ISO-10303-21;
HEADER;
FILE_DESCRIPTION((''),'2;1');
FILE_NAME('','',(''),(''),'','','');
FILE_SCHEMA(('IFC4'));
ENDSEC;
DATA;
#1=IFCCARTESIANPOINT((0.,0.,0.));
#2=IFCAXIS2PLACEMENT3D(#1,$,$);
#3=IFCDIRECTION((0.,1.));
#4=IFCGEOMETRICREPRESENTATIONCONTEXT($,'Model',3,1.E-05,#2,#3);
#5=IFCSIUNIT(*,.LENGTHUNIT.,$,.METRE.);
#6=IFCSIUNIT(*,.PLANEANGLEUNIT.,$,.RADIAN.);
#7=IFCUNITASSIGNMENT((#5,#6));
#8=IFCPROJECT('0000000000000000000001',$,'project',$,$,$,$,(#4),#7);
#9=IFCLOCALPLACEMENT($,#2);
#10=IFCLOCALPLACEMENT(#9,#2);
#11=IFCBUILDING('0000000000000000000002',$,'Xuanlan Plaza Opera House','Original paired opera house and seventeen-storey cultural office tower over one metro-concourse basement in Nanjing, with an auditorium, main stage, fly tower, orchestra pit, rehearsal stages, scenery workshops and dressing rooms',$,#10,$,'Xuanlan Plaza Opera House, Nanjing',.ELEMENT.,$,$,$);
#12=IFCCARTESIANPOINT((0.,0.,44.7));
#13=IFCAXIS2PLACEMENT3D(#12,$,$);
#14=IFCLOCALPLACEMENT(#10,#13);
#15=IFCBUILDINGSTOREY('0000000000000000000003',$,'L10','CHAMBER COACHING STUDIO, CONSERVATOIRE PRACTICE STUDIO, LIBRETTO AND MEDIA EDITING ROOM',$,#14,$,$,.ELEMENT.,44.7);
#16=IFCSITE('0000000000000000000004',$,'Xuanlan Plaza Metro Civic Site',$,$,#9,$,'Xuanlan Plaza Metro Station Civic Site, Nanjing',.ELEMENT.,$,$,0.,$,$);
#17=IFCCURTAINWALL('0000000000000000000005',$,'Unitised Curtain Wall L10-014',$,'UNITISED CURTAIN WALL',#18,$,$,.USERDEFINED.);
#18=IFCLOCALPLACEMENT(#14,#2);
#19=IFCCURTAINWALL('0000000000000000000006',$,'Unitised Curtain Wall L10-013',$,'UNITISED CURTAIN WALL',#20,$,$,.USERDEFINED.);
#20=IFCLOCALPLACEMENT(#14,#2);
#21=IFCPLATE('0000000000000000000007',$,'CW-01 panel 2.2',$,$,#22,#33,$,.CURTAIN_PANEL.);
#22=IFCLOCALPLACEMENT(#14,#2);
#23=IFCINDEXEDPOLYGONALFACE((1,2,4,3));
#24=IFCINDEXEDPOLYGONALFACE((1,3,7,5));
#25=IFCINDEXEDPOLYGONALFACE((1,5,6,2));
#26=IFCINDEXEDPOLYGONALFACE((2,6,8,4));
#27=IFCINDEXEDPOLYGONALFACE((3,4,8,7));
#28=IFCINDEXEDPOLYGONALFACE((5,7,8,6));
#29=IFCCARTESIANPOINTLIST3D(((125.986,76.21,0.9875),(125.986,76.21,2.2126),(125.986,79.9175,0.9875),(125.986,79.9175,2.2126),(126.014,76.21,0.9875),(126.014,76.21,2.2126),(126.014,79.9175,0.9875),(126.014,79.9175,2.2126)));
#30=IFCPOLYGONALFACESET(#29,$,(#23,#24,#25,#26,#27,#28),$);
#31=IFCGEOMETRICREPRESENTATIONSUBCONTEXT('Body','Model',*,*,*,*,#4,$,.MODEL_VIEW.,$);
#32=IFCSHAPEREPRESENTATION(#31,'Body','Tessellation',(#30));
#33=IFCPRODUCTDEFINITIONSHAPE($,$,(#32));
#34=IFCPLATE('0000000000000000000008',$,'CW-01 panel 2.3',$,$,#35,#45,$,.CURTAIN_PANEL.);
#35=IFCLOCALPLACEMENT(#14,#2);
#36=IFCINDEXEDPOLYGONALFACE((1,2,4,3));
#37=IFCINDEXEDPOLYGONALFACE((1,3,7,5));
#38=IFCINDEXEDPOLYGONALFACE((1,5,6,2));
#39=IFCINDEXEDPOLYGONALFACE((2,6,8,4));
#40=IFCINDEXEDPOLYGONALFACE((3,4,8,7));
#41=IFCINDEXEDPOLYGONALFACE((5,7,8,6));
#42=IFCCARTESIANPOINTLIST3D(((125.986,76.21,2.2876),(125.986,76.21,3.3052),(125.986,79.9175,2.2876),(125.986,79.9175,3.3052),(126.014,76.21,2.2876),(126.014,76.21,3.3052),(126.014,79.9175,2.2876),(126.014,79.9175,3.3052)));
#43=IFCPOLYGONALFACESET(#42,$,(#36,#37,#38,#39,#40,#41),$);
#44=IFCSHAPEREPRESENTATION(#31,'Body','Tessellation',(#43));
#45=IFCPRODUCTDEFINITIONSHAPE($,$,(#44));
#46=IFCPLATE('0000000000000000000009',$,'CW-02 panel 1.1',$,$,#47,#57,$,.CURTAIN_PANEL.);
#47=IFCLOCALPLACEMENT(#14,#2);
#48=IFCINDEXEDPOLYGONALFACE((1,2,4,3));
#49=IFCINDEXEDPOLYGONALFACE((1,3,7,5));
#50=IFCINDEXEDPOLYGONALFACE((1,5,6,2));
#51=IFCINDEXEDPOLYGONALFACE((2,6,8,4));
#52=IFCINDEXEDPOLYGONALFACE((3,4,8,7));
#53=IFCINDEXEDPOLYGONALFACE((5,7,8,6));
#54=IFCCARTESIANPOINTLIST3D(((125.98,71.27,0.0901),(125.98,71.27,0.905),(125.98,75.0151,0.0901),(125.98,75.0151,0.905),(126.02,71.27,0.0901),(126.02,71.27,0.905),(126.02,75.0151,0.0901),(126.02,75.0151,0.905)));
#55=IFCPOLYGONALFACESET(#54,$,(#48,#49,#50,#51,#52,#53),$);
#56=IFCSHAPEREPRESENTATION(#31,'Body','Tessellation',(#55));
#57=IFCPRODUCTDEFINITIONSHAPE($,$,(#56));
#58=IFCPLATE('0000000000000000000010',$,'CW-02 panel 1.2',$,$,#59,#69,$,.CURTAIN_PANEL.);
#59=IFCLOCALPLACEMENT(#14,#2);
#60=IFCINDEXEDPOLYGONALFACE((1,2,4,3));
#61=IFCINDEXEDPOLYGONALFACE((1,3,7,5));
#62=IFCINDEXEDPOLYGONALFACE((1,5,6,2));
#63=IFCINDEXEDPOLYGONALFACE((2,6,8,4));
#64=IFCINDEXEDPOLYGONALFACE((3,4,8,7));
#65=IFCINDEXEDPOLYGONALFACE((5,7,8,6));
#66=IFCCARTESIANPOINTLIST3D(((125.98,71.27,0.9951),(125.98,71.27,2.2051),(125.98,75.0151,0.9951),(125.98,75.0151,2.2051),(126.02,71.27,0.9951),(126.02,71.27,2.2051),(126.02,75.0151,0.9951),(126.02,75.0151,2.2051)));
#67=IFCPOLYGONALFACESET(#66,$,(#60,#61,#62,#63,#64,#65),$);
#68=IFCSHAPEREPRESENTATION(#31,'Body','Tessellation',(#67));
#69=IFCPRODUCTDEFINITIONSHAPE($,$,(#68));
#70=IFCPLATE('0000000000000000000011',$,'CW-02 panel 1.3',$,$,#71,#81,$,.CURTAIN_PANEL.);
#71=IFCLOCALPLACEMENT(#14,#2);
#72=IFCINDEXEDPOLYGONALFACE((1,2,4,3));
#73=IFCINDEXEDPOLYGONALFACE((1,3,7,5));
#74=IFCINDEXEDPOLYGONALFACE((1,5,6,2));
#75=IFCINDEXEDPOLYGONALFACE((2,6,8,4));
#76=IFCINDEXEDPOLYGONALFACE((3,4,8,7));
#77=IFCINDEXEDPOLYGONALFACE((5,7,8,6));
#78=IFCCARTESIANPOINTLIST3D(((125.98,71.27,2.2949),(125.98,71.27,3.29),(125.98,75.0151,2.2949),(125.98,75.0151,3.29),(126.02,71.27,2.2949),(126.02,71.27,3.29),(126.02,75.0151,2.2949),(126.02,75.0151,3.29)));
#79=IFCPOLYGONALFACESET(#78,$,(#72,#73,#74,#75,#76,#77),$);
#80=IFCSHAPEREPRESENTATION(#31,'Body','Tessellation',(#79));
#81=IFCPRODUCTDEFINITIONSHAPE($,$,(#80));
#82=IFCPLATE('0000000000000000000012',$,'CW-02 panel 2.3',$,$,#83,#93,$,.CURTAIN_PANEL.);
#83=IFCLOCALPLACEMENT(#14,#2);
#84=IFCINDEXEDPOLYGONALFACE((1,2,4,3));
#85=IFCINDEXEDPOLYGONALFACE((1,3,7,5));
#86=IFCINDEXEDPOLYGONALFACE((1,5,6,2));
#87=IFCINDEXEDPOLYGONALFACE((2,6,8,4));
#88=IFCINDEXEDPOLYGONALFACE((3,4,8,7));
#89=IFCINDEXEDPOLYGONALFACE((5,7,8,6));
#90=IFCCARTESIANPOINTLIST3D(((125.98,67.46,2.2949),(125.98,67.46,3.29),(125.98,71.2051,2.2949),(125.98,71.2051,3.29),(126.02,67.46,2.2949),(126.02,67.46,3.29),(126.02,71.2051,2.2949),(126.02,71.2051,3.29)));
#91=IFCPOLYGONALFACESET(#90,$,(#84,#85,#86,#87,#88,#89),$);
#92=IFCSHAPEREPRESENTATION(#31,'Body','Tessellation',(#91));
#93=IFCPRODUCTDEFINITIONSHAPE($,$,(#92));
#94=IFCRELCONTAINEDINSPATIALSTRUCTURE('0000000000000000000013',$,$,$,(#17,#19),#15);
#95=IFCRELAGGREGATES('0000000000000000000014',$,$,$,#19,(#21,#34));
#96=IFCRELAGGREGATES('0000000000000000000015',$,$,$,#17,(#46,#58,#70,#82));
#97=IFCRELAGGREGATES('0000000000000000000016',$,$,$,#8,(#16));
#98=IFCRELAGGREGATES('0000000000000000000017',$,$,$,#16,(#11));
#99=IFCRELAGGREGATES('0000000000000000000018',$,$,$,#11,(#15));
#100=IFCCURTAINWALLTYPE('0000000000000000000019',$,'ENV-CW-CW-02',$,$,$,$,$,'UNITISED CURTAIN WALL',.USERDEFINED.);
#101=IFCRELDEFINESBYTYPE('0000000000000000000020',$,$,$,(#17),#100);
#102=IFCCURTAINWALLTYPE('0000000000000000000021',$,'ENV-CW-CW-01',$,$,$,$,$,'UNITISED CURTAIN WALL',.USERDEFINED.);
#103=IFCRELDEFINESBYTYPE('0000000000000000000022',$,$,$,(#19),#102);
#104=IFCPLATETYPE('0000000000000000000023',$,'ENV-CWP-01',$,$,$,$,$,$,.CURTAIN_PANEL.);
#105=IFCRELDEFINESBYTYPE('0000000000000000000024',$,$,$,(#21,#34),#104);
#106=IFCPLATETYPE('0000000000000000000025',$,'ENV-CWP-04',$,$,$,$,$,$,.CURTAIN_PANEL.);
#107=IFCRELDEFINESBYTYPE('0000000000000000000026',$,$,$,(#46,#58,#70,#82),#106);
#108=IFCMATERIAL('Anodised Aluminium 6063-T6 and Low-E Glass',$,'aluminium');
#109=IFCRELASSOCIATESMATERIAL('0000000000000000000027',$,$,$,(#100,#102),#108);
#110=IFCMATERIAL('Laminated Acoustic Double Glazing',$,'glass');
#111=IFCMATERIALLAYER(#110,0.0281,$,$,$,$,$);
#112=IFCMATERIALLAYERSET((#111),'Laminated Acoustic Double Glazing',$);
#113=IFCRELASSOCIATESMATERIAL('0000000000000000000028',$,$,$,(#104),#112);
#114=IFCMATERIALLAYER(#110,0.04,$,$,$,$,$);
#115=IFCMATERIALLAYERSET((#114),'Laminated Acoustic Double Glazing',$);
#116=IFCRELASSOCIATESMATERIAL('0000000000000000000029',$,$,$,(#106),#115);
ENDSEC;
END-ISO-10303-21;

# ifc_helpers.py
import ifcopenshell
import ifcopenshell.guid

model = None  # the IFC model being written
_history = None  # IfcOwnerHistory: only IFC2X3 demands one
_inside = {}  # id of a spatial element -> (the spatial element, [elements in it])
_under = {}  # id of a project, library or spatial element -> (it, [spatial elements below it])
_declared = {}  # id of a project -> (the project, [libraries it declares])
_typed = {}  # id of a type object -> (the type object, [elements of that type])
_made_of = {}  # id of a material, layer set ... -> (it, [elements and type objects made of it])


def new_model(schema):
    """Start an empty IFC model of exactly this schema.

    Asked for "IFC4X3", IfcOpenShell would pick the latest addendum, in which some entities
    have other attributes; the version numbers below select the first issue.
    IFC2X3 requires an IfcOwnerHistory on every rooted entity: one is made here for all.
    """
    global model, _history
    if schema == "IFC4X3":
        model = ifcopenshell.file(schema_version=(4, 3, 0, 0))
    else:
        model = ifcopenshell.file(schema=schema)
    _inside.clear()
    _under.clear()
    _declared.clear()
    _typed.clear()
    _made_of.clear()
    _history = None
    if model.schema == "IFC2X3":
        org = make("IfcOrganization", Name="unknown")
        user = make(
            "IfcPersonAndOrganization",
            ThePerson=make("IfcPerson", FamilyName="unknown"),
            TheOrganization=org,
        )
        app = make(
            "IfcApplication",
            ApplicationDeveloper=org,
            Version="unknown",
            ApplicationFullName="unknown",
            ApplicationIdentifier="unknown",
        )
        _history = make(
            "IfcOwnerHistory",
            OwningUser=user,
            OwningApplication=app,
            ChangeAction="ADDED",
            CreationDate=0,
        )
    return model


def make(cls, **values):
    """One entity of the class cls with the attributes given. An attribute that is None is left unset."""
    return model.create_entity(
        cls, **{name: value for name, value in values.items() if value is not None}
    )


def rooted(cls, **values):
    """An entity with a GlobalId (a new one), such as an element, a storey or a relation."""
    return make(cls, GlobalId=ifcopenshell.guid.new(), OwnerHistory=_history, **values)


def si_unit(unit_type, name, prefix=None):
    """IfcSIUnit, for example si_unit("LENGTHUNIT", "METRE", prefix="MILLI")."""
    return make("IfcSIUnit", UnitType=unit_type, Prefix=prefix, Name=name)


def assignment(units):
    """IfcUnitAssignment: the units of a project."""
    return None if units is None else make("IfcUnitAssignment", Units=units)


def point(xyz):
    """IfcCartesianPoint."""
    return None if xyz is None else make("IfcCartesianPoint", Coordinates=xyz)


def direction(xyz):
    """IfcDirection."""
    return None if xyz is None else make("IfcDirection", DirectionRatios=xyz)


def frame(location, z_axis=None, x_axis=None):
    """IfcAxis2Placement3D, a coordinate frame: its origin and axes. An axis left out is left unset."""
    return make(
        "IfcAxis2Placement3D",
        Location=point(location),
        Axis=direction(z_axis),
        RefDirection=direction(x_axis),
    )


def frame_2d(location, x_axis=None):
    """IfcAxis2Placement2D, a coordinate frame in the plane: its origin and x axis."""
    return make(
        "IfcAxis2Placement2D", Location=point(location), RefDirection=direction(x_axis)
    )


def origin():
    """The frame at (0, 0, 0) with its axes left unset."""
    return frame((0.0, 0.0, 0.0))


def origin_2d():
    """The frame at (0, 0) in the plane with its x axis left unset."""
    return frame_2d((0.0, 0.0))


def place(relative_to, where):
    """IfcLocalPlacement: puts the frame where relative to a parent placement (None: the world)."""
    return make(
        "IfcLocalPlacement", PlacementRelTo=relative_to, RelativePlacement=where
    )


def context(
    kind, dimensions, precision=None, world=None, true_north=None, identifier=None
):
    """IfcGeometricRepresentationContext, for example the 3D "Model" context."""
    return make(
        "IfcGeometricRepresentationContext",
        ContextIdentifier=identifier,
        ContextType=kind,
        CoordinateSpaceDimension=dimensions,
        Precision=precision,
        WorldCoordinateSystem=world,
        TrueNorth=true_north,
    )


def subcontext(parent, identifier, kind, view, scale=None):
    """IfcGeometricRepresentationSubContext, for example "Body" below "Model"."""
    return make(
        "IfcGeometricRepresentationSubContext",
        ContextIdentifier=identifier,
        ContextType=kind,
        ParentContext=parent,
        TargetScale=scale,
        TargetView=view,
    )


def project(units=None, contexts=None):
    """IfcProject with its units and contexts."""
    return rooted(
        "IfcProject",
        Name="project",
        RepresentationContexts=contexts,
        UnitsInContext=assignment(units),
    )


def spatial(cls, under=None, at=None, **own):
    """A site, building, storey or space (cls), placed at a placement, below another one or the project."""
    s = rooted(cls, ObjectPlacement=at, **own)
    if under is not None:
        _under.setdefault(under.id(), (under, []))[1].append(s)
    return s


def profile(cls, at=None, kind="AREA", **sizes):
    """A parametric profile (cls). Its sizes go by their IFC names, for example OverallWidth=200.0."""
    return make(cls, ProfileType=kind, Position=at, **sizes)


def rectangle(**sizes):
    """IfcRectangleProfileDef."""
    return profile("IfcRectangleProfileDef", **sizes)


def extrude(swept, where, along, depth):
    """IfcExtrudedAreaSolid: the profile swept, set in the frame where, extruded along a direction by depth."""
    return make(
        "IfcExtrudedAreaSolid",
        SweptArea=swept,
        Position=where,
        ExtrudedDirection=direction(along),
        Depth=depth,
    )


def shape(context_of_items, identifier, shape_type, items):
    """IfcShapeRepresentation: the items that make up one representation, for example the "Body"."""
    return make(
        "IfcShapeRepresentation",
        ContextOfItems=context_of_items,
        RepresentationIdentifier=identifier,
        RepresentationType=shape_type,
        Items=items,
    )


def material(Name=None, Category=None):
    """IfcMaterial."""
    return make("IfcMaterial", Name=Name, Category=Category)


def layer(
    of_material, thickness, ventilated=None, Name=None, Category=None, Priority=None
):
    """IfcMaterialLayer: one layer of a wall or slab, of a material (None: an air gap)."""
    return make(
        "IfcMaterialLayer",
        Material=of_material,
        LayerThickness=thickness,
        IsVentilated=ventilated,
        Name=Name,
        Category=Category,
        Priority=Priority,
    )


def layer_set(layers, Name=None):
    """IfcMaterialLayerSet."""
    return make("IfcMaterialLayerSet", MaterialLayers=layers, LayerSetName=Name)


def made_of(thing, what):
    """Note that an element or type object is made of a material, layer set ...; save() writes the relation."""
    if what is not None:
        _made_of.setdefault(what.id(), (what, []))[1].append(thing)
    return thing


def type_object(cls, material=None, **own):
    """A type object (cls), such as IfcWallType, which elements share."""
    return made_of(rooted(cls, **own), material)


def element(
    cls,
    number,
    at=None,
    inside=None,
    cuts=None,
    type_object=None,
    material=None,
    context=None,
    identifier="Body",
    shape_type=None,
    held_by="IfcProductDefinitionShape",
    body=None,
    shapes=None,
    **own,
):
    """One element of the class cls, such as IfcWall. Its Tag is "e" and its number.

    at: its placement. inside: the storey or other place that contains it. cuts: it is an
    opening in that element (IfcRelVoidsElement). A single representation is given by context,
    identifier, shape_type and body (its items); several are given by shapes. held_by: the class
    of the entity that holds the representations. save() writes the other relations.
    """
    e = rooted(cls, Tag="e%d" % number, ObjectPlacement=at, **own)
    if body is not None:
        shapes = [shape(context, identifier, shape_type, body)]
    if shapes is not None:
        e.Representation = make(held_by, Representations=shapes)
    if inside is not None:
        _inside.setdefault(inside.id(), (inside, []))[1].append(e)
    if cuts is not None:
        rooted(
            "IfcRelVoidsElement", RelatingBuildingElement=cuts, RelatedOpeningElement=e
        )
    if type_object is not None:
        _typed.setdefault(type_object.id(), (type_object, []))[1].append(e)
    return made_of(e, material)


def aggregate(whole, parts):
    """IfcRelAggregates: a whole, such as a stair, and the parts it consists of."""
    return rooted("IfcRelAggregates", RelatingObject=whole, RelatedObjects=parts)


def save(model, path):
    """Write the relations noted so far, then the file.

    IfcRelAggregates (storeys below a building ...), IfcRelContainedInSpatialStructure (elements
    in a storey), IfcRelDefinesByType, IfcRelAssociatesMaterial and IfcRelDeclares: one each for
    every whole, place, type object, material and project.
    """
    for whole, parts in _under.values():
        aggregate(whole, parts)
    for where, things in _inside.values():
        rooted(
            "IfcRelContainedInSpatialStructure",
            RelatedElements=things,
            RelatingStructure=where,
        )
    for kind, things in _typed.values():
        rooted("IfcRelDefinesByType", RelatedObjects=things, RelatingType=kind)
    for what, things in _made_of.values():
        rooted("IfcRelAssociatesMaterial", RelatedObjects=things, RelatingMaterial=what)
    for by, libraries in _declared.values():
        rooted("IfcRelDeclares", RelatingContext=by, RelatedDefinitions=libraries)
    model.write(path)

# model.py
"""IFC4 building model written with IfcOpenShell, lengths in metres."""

from ifc_helpers import new_model, si_unit, direction, frame, origin, origin_2d, place, context, subcontext, project, spatial, rectangle, extrude, material, layer, layer_set, type_object, element, aggregate, save


model = new_model("IFC4")

# Units and contexts
model_context = context("Model", 3, precision=1e-05, world=origin(), true_north=direction((0.0, 1.0)))
body_context = subcontext(model_context, "Body", "Model", "MODEL_VIEW")
ifc_project = project(units=[si_unit("LENGTHUNIT", "METRE"), si_unit("PLANEANGLEUNIT", "RADIAN")], contexts=[model_context])

# Site, building, storey
site_placement = place(None, origin())
site = spatial("IfcSite", under=ifc_project, at=site_placement, Name="Xuanlan Plaza Metro Civic Site", LongName="Xuanlan Plaza Metro Station Civic Site, Nanjing", CompositionType="ELEMENT", RefElevation=0.0)
building_placement = place(site_placement, origin())
building = spatial("IfcBuilding", under=site, at=building_placement, Name="Xuanlan Plaza Opera House", Description="Original paired opera house and seventeen-storey cultural office tower over one metro-concourse basement in Nanjing, with an auditorium, main stage, fly tower, orchestra pit, rehearsal stages, scenery workshops and dressing rooms", LongName="Xuanlan Plaza Opera House, Nanjing", CompositionType="ELEMENT")
storey_placement = place(building_placement, frame((0.0, 0.0, 44.7)))
storey = spatial("IfcBuildingStorey", under=building, at=storey_placement, Name="L10", Description="CHAMBER COACHING STUDIO, CONSERVATOIRE PRACTICE STUDIO, LIBRETTO AND MEDIA EDITING ROOM", CompositionType="ELEMENT", Elevation=44.7)

# Curtain walls
ifc_material_1 = material(Name="Anodised Aluminium 6063-T6 and Low-E Glass", Category="aluminium")
curtain_wall_type_1 = type_object("IfcCurtainWallType", Name="ENV-CW-CW-02", ElementType="UNITISED CURTAIN WALL", PredefinedType="USERDEFINED", material=ifc_material_1)
curtain_wall_1_placement = place(storey_placement, origin())
curtain_wall_1 = element("IfcCurtainWall", 1, at=curtain_wall_1_placement, inside=storey, type_object=curtain_wall_type_1, Name="Unitised Curtain Wall L10-014", ObjectType="UNITISED CURTAIN WALL", PredefinedType="USERDEFINED")
curtain_wall_type_2 = type_object("IfcCurtainWallType", Name="ENV-CW-CW-01", ElementType="UNITISED CURTAIN WALL", PredefinedType="USERDEFINED", material=ifc_material_1)
curtain_wall_2_placement = place(storey_placement, origin())
curtain_wall_2 = element("IfcCurtainWall", 2, at=curtain_wall_2_placement, inside=storey, type_object=curtain_wall_type_2, Name="Unitised Curtain Wall L10-013", ObjectType="UNITISED CURTAIN WALL", PredefinedType="USERDEFINED")

# Plates
ifc_material_2 = material(Name="Laminated Acoustic Double Glazing", Category="glass")
ifc_layer_1 = layer(ifc_material_2, 0.0281)
ifc_layer_set_1 = layer_set([ifc_layer_1], Name="Laminated Acoustic Double Glazing")
plate_type_1 = type_object("IfcPlateType", Name="ENV-CWP-01", PredefinedType="CURTAIN_PANEL", material=ifc_layer_set_1)
plate_1_placement = place(storey_placement, frame((126.0, 78.0637, 0.9875), z_axis=(0.0, 0.0, 1.0), x_axis=(0.0, -1.0, 0.0)))
plate_1 = element("IfcPlate", 3, at=plate_1_placement, type_object=plate_type_1, Name="CW-01 panel 2.2", PredefinedType="CURTAIN_PANEL", context=body_context, shape_type="SweptSolid", body=[
    extrude(rectangle(XDim=3.7075, YDim=0.0281, at=origin_2d()), origin(), (0.0, 0.0, 1.0), 1.2251),
])
plate_2_placement = place(storey_placement, frame((126.0, 78.0637, 2.2876), z_axis=(0.0, 0.0, 1.0), x_axis=(0.0, -1.0, 0.0)))
plate_2 = element("IfcPlate", 4, at=plate_2_placement, type_object=plate_type_1, Name="CW-01 panel 2.3", PredefinedType="CURTAIN_PANEL", context=body_context, shape_type="SweptSolid", body=[
    extrude(rectangle(XDim=3.7075, YDim=0.0281, at=origin_2d()), origin(), (0.0, 0.0, 1.0), 1.0176),
])
aggregate(curtain_wall_2, [plate_1, plate_2])
ifc_layer_2 = layer(ifc_material_2, 0.04)
ifc_layer_set_2 = layer_set([ifc_layer_2], Name="Laminated Acoustic Double Glazing")
plate_type_2 = type_object("IfcPlateType", Name="ENV-CWP-04", PredefinedType="CURTAIN_PANEL", material=ifc_layer_set_2)
plate_3_placement = place(storey_placement, frame((126.0, 73.1426, 0.0901), z_axis=(0.0, 0.0, 1.0), x_axis=(0.0, -1.0, 0.0)))
plate_3 = element("IfcPlate", 5, at=plate_3_placement, type_object=plate_type_2, Name="CW-02 panel 1.1", PredefinedType="CURTAIN_PANEL", context=body_context, shape_type="SweptSolid", body=[
    extrude(rectangle(XDim=3.7451, YDim=0.04, at=origin_2d()), origin(), (0.0, 0.0, 1.0), 0.8149),
])
plate_4_placement = place(storey_placement, frame((126.0, 73.1426, 0.9951), z_axis=(0.0, 0.0, 1.0), x_axis=(0.0, -1.0, 0.0)))
plate_4 = element("IfcPlate", 6, at=plate_4_placement, type_object=plate_type_2, Name="CW-02 panel 1.2", PredefinedType="CURTAIN_PANEL", context=body_context, shape_type="SweptSolid", body=[
    extrude(rectangle(XDim=3.7451, YDim=0.04, at=origin_2d()), origin(), (0.0, 0.0, 1.0), 1.21),
])
plate_5_placement = place(storey_placement, frame((126.0, 73.1426, 2.2949), z_axis=(0.0, 0.0, 1.0), x_axis=(0.0, -1.0, 0.0)))
plate_5 = element("IfcPlate", 7, at=plate_5_placement, type_object=plate_type_2, Name="CW-02 panel 1.3", PredefinedType="CURTAIN_PANEL", context=body_context, shape_type="SweptSolid", body=[
    extrude(rectangle(XDim=3.7451, YDim=0.04, at=origin_2d()), origin(), (0.0, 0.0, 1.0), 0.9951),
])
plate_6_placement = place(storey_placement, frame((126.0, 69.3325, 2.2949), z_axis=(0.0, 0.0, 1.0), x_axis=(0.0, -1.0, 0.0)))
plate_6 = element("IfcPlate", 8, at=plate_6_placement, type_object=plate_type_2, Name="CW-02 panel 2.3", PredefinedType="CURTAIN_PANEL", context=body_context, shape_type="SweptSolid", body=[
    extrude(rectangle(XDim=3.7451, YDim=0.04, at=origin_2d()), origin(), (0.0, 0.0, 1.0), 0.9951),
])
aggregate(curtain_wall_1, [plate_3, plate_4, plate_5, plate_6])

save(model, "model.ifc")
